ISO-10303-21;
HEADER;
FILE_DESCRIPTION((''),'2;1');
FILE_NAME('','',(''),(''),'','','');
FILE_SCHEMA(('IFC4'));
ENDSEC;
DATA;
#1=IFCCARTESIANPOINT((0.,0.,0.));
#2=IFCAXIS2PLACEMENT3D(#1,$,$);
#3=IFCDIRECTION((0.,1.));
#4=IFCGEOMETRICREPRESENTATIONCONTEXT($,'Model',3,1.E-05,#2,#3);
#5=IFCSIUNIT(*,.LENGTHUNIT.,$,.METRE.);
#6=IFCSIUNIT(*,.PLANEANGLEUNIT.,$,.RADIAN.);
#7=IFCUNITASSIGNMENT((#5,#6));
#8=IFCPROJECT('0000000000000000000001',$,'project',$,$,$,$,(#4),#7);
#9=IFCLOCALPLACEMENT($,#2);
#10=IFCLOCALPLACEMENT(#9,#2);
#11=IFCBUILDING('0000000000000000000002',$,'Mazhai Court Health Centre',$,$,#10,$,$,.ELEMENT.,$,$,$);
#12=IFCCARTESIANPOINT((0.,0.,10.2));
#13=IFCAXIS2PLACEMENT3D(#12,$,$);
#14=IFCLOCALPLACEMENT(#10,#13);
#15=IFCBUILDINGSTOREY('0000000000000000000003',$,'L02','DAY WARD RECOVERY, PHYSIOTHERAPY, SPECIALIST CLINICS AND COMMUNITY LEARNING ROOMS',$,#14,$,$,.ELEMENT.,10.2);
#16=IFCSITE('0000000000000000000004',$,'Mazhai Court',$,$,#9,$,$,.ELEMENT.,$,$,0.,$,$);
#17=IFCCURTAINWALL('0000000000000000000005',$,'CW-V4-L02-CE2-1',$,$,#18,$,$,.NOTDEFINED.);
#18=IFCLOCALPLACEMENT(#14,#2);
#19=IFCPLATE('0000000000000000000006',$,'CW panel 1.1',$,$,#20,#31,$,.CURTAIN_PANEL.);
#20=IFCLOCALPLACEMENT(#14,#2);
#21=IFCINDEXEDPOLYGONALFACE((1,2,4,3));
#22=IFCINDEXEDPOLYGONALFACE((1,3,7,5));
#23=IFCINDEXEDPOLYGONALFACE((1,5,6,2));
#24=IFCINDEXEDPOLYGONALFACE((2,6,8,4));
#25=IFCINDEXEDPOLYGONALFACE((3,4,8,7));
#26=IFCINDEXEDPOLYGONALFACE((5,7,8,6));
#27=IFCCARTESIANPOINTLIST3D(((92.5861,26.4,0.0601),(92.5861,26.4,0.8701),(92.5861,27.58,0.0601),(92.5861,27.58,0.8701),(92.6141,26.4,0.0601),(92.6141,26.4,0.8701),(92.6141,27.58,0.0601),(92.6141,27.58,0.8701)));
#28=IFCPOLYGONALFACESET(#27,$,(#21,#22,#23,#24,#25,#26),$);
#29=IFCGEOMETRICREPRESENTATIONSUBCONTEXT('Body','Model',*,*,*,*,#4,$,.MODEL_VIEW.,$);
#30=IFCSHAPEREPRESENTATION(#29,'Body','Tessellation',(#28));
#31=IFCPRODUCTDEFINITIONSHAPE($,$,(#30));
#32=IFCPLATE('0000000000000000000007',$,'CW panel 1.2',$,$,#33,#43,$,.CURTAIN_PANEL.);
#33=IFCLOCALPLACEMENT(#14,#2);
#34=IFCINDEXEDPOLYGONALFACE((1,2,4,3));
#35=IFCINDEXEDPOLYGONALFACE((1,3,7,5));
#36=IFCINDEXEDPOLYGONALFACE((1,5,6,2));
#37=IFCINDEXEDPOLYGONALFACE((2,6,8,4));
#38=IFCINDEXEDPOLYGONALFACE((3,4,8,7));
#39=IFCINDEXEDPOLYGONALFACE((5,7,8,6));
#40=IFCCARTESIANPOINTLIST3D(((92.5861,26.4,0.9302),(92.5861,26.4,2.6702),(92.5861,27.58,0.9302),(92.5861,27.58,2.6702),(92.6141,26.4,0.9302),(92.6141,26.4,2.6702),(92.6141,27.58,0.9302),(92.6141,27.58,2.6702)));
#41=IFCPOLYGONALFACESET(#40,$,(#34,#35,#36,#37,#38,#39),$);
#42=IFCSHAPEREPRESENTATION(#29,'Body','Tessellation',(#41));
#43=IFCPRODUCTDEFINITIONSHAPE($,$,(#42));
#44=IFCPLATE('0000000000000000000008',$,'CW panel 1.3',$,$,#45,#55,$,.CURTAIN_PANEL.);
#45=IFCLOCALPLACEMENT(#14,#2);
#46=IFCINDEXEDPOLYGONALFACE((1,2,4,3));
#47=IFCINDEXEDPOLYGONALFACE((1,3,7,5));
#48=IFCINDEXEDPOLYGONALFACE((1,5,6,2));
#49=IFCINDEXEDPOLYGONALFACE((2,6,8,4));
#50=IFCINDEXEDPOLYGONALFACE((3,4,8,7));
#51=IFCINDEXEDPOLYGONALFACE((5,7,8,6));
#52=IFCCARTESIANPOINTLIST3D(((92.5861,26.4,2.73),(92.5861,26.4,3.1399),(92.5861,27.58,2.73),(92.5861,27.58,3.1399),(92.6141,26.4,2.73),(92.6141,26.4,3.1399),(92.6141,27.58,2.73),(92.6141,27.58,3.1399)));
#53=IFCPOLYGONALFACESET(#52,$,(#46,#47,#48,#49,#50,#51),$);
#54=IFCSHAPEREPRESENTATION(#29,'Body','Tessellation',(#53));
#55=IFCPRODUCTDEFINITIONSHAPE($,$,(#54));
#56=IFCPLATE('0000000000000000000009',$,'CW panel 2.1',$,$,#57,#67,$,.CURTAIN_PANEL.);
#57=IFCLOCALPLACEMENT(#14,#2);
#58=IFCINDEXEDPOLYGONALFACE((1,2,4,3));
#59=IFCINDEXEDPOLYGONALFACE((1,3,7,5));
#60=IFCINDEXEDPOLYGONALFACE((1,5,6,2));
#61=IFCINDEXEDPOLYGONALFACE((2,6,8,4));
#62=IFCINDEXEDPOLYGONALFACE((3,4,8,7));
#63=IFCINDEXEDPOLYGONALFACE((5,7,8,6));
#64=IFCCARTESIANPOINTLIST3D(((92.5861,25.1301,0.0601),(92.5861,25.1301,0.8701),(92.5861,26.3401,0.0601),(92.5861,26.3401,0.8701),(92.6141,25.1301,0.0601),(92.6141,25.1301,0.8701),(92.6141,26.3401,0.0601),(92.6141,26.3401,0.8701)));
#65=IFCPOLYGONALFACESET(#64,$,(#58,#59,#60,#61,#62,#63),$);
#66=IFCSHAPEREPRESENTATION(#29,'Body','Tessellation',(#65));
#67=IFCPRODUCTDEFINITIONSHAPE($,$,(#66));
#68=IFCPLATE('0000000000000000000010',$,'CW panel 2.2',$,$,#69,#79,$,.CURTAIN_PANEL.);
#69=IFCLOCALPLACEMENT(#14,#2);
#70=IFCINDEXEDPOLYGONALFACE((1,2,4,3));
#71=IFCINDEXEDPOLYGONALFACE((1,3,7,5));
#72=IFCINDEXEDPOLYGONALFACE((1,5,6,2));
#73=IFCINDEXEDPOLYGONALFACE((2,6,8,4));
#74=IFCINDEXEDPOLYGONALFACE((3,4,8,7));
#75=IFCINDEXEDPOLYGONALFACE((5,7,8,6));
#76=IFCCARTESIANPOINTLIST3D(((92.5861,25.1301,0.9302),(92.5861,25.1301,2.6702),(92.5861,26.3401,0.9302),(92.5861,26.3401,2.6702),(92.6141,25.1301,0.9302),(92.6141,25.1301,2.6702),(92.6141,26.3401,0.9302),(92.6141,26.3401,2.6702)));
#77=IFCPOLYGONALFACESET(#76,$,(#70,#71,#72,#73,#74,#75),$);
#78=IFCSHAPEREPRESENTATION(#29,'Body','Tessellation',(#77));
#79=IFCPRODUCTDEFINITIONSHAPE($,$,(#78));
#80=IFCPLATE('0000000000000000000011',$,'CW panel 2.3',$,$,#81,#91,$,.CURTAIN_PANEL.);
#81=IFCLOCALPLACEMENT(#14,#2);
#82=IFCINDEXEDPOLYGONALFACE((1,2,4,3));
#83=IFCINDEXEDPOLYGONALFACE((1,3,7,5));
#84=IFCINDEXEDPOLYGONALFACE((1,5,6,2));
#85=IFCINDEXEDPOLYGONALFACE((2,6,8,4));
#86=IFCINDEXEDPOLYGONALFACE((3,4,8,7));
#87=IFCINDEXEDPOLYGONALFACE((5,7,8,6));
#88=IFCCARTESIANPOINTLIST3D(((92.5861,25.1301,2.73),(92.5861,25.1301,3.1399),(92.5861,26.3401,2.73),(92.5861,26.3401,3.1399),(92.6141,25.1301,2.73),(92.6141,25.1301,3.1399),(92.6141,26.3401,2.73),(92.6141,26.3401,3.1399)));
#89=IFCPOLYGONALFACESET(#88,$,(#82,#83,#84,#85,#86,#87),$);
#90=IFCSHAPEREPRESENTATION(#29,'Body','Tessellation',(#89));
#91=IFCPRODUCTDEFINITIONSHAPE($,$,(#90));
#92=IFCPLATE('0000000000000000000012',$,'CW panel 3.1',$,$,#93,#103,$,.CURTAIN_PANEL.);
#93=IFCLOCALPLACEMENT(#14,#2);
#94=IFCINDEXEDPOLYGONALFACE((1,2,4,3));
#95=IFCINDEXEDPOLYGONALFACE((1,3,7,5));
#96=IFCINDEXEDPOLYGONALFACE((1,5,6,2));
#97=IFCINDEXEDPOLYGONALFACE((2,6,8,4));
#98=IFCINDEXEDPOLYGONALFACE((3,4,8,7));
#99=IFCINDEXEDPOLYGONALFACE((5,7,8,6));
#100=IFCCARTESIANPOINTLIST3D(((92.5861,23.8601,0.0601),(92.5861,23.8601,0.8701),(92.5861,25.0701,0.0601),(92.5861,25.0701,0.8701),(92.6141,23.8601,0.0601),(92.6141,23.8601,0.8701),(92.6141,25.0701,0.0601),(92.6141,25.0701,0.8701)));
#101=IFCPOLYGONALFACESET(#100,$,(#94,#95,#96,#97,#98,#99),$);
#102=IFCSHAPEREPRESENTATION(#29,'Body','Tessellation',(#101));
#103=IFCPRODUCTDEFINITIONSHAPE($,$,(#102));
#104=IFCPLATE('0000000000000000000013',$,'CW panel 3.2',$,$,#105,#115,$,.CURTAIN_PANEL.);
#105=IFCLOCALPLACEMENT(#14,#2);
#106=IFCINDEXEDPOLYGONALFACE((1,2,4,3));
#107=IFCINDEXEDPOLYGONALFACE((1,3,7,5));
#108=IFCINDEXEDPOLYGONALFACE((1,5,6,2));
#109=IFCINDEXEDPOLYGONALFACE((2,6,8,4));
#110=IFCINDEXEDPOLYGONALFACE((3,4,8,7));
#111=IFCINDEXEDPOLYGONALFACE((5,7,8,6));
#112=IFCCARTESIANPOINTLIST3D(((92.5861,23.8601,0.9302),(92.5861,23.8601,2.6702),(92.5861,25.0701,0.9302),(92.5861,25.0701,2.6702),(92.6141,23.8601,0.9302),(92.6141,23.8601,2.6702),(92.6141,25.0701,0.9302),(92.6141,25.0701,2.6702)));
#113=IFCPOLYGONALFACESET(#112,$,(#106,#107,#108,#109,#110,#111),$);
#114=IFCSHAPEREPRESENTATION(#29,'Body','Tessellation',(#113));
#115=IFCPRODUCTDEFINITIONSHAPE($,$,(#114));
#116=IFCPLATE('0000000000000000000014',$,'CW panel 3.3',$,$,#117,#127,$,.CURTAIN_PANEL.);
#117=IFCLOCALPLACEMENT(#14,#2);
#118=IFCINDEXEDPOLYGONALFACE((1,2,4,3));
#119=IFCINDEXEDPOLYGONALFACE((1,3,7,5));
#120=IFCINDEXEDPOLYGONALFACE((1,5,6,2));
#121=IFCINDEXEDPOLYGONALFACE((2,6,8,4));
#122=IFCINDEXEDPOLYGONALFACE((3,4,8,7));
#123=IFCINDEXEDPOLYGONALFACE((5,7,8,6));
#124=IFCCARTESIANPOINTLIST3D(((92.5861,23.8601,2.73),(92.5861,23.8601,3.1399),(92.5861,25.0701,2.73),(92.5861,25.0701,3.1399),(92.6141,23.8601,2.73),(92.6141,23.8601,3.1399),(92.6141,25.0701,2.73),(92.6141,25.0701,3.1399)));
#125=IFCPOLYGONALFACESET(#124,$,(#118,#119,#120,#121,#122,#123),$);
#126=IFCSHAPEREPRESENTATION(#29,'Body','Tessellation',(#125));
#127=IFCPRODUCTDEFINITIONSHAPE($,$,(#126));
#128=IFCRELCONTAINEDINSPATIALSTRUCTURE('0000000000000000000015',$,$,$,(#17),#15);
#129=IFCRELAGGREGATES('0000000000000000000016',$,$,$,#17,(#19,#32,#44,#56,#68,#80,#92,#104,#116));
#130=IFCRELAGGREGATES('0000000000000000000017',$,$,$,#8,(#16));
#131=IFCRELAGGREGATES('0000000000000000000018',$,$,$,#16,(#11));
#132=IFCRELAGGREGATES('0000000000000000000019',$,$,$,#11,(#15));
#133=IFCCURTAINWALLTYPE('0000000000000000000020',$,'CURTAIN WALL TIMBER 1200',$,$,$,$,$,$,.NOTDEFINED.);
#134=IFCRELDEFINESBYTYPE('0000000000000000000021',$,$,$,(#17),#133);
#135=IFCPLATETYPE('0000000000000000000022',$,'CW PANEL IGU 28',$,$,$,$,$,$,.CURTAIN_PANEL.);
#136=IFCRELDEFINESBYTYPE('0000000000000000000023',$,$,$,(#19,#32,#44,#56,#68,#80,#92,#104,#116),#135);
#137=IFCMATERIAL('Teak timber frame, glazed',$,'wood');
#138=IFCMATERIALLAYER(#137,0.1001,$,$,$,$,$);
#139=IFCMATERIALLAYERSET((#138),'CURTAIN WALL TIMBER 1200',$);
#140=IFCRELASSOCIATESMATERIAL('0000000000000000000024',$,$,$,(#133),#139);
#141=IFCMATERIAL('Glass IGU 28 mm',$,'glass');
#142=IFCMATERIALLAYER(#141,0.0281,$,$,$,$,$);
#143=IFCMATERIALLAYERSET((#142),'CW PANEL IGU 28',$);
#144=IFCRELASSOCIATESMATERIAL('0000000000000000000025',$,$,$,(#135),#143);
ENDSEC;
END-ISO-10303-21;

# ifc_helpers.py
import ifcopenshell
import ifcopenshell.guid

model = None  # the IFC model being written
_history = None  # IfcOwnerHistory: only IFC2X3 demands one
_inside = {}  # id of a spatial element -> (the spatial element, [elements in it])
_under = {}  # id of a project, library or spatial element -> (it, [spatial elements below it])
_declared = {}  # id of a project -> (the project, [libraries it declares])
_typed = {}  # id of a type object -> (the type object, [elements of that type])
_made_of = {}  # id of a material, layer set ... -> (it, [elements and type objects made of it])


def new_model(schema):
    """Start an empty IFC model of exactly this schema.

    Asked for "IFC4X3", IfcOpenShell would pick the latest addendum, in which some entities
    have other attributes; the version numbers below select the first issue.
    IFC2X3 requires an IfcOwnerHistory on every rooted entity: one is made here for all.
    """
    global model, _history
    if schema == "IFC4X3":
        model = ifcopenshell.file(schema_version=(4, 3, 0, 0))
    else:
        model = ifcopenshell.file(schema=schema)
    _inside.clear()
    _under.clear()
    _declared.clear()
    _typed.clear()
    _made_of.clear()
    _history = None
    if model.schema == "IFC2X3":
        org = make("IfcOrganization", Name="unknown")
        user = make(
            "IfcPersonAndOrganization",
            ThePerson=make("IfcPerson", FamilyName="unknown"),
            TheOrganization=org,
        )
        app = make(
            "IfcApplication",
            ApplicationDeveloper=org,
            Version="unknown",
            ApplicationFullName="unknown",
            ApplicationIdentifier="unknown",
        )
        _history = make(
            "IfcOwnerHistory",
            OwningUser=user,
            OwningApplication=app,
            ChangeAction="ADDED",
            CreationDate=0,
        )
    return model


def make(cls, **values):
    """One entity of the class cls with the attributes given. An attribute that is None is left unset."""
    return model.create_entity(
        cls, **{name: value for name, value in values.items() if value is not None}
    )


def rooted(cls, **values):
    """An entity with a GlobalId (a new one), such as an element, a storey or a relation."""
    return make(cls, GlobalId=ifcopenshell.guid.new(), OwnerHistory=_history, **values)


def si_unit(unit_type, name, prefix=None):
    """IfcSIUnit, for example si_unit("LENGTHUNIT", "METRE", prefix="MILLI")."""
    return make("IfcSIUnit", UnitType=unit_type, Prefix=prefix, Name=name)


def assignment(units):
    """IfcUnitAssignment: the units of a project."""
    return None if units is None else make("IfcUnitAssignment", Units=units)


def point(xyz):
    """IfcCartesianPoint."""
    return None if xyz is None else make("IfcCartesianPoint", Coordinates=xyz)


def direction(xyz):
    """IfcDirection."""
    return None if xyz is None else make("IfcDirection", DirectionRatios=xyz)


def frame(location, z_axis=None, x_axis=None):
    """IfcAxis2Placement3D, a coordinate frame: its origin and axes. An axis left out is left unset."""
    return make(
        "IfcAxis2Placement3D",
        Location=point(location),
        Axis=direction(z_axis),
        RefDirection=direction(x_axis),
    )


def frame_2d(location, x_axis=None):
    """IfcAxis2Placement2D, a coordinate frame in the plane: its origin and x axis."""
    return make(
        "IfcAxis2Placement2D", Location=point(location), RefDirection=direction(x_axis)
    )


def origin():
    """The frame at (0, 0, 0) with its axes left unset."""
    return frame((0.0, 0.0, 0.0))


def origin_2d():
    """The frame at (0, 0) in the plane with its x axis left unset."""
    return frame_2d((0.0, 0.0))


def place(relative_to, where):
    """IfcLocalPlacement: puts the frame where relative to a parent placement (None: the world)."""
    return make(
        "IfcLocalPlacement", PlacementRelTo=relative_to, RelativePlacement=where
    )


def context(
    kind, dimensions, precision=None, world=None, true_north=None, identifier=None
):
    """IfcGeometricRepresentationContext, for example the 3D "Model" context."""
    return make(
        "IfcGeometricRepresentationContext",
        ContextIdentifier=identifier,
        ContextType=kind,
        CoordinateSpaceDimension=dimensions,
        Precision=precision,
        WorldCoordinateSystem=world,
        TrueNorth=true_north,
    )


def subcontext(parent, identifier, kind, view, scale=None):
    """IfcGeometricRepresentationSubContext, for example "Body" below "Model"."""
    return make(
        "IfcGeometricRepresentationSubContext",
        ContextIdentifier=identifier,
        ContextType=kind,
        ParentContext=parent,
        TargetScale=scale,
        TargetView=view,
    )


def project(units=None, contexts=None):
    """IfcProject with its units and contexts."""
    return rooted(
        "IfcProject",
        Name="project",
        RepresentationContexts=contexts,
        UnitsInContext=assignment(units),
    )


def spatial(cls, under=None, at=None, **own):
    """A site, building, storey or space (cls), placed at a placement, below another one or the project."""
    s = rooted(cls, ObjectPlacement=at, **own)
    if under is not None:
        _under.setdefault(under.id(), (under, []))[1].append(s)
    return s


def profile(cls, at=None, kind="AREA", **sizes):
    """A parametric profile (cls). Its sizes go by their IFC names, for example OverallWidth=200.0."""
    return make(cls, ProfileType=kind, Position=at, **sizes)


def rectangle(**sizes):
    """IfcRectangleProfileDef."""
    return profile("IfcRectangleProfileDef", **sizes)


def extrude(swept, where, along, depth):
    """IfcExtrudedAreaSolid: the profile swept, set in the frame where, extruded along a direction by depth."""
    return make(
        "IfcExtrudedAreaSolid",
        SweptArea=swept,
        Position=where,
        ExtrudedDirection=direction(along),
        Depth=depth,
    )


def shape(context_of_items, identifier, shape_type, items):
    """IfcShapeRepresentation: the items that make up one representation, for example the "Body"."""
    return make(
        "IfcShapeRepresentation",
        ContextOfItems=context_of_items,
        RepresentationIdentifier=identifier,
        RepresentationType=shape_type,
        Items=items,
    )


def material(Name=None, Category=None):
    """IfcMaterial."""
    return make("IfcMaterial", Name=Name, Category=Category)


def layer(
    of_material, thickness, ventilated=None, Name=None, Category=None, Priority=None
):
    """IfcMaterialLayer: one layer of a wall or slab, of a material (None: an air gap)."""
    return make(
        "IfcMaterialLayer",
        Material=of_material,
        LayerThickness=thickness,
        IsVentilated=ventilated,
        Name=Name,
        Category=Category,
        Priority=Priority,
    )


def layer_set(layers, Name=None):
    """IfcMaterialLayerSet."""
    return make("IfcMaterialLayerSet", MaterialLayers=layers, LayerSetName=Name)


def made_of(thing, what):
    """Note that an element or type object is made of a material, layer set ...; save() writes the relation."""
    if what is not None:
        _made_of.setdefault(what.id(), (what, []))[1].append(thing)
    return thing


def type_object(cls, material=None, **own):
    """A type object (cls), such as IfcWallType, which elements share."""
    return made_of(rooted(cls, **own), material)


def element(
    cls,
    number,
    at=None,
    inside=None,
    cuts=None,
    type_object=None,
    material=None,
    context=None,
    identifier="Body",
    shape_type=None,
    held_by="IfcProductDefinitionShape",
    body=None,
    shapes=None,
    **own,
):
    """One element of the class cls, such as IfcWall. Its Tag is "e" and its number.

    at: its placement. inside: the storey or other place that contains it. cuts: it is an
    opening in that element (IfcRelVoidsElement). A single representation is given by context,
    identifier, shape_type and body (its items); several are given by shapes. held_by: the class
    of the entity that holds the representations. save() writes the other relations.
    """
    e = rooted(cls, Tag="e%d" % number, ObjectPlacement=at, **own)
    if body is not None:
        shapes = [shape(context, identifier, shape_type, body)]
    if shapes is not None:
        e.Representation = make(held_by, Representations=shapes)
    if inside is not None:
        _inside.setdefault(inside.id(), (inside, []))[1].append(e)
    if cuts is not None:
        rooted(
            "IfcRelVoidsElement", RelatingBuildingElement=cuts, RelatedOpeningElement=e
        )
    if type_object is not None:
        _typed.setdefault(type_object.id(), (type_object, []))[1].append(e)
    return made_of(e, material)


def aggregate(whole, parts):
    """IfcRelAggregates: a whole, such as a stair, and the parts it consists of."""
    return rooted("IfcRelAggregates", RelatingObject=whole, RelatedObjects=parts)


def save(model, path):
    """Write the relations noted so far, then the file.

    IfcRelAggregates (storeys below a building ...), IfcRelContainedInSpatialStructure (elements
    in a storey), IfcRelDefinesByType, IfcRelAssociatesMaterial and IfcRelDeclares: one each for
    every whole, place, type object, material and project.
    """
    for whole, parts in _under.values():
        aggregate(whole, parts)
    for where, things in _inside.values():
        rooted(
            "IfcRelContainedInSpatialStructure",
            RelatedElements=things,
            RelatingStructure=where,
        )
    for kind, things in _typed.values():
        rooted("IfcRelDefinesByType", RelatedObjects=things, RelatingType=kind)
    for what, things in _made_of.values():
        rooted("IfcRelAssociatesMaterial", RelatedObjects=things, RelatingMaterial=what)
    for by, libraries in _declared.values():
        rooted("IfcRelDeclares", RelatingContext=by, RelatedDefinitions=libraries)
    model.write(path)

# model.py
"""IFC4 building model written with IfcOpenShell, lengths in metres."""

from ifc_helpers import new_model, si_unit, direction, frame, origin, origin_2d, place, context, subcontext, project, spatial, rectangle, extrude, material, layer, layer_set, type_object, element, aggregate, save


model = new_model("IFC4")

# Units and contexts
model_context = context("Model", 3, precision=1e-05, world=origin(), true_north=direction((0.0, 1.0)))
body_context = subcontext(model_context, "Body", "Model", "MODEL_VIEW")
ifc_project = project(units=[si_unit("LENGTHUNIT", "METRE"), si_unit("PLANEANGLEUNIT", "RADIAN")], contexts=[model_context])

# Site, building, storey
site_placement = place(None, origin())
site = spatial("IfcSite", under=ifc_project, at=site_placement, Name="Mazhai Court", CompositionType="ELEMENT", RefElevation=0.0)
building_placement = place(site_placement, origin())
building = spatial("IfcBuilding", under=site, at=building_placement, Name="Mazhai Court Health Centre", CompositionType="ELEMENT")
storey_placement = place(building_placement, frame((0.0, 0.0, 10.2)))
storey = spatial("IfcBuildingStorey", under=building, at=storey_placement, Name="L02", Description="DAY WARD RECOVERY, PHYSIOTHERAPY, SPECIALIST CLINICS AND COMMUNITY LEARNING ROOMS", CompositionType="ELEMENT", Elevation=10.2)

# Curtain wall, plates
ifc_material_1 = material(Name="Teak timber frame, glazed", Category="wood")
ifc_layer_1 = layer(ifc_material_1, 0.1001)
ifc_layer_set_1 = layer_set([ifc_layer_1], Name="CURTAIN WALL TIMBER 1200")
curtain_wall_type = type_object("IfcCurtainWallType", Name="CURTAIN WALL TIMBER 1200", PredefinedType="NOTDEFINED", material=ifc_layer_set_1)
curtain_wall_placement = place(storey_placement, origin())
curtain_wall = element("IfcCurtainWall", 1, at=curtain_wall_placement, inside=storey, type_object=curtain_wall_type, Name="CW-V4-L02-CE2-1", PredefinedType="NOTDEFINED")
ifc_material_2 = material(Name="Glass IGU 28 mm", Category="glass")
ifc_layer_2 = layer(ifc_material_2, 0.0281)
ifc_layer_set_2 = layer_set([ifc_layer_2], Name="CW PANEL IGU 28")
plate_type = type_object("IfcPlateType", Name="CW PANEL IGU 28", PredefinedType="CURTAIN_PANEL", material=ifc_layer_set_2)
plate_1_placement = place(storey_placement, frame((92.6001, 26.99, 0.0601), z_axis=(0.0, 0.0, 1.0), x_axis=(0.0, -1.0, 0.0)))
plate_1 = element("IfcPlate", 2, at=plate_1_placement, type_object=plate_type, Name="CW panel 1.1", PredefinedType="CURTAIN_PANEL", context=body_context, shape_type="SweptSolid", body=[
    extrude(rectangle(XDim=1.1799, YDim=0.0281, at=origin_2d()), origin(), (0.0, 0.0, 1.0), 0.8101),
])
plate_2_placement = place(storey_placement, frame((92.6001, 26.99, 0.9302), z_axis=(0.0, 0.0, 1.0), x_axis=(0.0, -1.0, 0.0)))
plate_2 = element("IfcPlate", 3, at=plate_2_placement, type_object=plate_type, Name="CW panel 1.2", PredefinedType="CURTAIN_PANEL", context=body_context, shape_type="SweptSolid", body=[
    extrude(rectangle(XDim=1.1799, YDim=0.0281, at=origin_2d()), origin(), (0.0, 0.0, 1.0), 1.74),
])
plate_3_placement = place(storey_placement, frame((92.6001, 26.99, 2.73), z_axis=(0.0, 0.0, 1.0), x_axis=(0.0, -1.0, 0.0)))
plate_3 = element("IfcPlate", 4, at=plate_3_placement, type_object=plate_type, Name="CW panel 1.3", PredefinedType="CURTAIN_PANEL", context=body_context, shape_type="SweptSolid", body=[
    extrude(rectangle(XDim=1.1799, YDim=0.0281, at=origin_2d()), origin(), (0.0, 0.0, 1.0), 0.4099),
])
plate_4_placement = place(storey_placement, frame((92.6001, 25.7351, 0.0601), z_axis=(0.0, 0.0, 1.0), x_axis=(0.0, -1.0, 0.0)))
plate_4 = element("IfcPlate", 5, at=plate_4_placement, type_object=plate_type, Name="CW panel 2.1", PredefinedType="CURTAIN_PANEL", context=body_context, shape_type="SweptSolid", body=[
    extrude(rectangle(XDim=1.21, YDim=0.0281, at=origin_2d()), origin(), (0.0, 0.0, 1.0), 0.8101),
])
plate_5_placement = place(storey_placement, frame((92.6001, 25.7351, 0.9302), z_axis=(0.0, 0.0, 1.0), x_axis=(0.0, -1.0, 0.0)))
plate_5 = element("IfcPlate", 6, at=plate_5_placement, type_object=plate_type, Name="CW panel 2.2", PredefinedType="CURTAIN_PANEL", context=body_context, shape_type="SweptSolid", body=[
    extrude(rectangle(XDim=1.21, YDim=0.0281, at=origin_2d()), origin(), (0.0, 0.0, 1.0), 1.74),
])
plate_6_placement = place(storey_placement, frame((92.6001, 25.7351, 2.73), z_axis=(0.0, 0.0, 1.0), x_axis=(0.0, -1.0, 0.0)))
plate_6 = element("IfcPlate", 7, at=plate_6_placement, type_object=plate_type, Name="CW panel 2.3", PredefinedType="CURTAIN_PANEL", context=body_context, shape_type="SweptSolid", body=[
    extrude(rectangle(XDim=1.21, YDim=0.0281, at=origin_2d()), origin(), (0.0, 0.0, 1.0), 0.4099),
])
plate_7_placement = place(storey_placement, frame((92.6001, 24.4651, 0.0601), z_axis=(0.0, 0.0, 1.0), x_axis=(0.0, -1.0, 0.0)))
plate_7 = element("IfcPlate", 8, at=plate_7_placement, type_object=plate_type, Name="CW panel 3.1", PredefinedType="CURTAIN_PANEL", context=body_context, shape_type="SweptSolid", body=[
    extrude(rectangle(XDim=1.21, YDim=0.0281, at=origin_2d()), origin(), (0.0, 0.0, 1.0), 0.8101),
])
plate_8_placement = place(storey_placement, frame((92.6001, 24.4651, 0.9302), z_axis=(0.0, 0.0, 1.0), x_axis=(0.0, -1.0, 0.0)))
plate_8 = element("IfcPlate", 9, at=plate_8_placement, type_object=plate_type, Name="CW panel 3.2", PredefinedType="CURTAIN_PANEL", context=body_context, shape_type="SweptSolid", body=[
    extrude(rectangle(XDim=1.21, YDim=0.0281, at=origin_2d()), origin(), (0.0, 0.0, 1.0), 1.74),
])
plate_9_placement = place(storey_placement, frame((92.6001, 24.4651, 2.73), z_axis=(0.0, 0.0, 1.0), x_axis=(0.0, -1.0, 0.0)))
plate_9 = element("IfcPlate", 10, at=plate_9_placement, type_object=plate_type, Name="CW panel 3.3", PredefinedType="CURTAIN_PANEL", context=body_context, shape_type="SweptSolid", body=[
    extrude(rectangle(XDim=1.21, YDim=0.0281, at=origin_2d()), origin(), (0.0, 0.0, 1.0), 0.4099),
])
aggregate(curtain_wall, [plate_1, plate_2, plate_3, plate_4, plate_5, plate_6, plate_7, plate_8, plate_9])

save(model, "model.ifc")
